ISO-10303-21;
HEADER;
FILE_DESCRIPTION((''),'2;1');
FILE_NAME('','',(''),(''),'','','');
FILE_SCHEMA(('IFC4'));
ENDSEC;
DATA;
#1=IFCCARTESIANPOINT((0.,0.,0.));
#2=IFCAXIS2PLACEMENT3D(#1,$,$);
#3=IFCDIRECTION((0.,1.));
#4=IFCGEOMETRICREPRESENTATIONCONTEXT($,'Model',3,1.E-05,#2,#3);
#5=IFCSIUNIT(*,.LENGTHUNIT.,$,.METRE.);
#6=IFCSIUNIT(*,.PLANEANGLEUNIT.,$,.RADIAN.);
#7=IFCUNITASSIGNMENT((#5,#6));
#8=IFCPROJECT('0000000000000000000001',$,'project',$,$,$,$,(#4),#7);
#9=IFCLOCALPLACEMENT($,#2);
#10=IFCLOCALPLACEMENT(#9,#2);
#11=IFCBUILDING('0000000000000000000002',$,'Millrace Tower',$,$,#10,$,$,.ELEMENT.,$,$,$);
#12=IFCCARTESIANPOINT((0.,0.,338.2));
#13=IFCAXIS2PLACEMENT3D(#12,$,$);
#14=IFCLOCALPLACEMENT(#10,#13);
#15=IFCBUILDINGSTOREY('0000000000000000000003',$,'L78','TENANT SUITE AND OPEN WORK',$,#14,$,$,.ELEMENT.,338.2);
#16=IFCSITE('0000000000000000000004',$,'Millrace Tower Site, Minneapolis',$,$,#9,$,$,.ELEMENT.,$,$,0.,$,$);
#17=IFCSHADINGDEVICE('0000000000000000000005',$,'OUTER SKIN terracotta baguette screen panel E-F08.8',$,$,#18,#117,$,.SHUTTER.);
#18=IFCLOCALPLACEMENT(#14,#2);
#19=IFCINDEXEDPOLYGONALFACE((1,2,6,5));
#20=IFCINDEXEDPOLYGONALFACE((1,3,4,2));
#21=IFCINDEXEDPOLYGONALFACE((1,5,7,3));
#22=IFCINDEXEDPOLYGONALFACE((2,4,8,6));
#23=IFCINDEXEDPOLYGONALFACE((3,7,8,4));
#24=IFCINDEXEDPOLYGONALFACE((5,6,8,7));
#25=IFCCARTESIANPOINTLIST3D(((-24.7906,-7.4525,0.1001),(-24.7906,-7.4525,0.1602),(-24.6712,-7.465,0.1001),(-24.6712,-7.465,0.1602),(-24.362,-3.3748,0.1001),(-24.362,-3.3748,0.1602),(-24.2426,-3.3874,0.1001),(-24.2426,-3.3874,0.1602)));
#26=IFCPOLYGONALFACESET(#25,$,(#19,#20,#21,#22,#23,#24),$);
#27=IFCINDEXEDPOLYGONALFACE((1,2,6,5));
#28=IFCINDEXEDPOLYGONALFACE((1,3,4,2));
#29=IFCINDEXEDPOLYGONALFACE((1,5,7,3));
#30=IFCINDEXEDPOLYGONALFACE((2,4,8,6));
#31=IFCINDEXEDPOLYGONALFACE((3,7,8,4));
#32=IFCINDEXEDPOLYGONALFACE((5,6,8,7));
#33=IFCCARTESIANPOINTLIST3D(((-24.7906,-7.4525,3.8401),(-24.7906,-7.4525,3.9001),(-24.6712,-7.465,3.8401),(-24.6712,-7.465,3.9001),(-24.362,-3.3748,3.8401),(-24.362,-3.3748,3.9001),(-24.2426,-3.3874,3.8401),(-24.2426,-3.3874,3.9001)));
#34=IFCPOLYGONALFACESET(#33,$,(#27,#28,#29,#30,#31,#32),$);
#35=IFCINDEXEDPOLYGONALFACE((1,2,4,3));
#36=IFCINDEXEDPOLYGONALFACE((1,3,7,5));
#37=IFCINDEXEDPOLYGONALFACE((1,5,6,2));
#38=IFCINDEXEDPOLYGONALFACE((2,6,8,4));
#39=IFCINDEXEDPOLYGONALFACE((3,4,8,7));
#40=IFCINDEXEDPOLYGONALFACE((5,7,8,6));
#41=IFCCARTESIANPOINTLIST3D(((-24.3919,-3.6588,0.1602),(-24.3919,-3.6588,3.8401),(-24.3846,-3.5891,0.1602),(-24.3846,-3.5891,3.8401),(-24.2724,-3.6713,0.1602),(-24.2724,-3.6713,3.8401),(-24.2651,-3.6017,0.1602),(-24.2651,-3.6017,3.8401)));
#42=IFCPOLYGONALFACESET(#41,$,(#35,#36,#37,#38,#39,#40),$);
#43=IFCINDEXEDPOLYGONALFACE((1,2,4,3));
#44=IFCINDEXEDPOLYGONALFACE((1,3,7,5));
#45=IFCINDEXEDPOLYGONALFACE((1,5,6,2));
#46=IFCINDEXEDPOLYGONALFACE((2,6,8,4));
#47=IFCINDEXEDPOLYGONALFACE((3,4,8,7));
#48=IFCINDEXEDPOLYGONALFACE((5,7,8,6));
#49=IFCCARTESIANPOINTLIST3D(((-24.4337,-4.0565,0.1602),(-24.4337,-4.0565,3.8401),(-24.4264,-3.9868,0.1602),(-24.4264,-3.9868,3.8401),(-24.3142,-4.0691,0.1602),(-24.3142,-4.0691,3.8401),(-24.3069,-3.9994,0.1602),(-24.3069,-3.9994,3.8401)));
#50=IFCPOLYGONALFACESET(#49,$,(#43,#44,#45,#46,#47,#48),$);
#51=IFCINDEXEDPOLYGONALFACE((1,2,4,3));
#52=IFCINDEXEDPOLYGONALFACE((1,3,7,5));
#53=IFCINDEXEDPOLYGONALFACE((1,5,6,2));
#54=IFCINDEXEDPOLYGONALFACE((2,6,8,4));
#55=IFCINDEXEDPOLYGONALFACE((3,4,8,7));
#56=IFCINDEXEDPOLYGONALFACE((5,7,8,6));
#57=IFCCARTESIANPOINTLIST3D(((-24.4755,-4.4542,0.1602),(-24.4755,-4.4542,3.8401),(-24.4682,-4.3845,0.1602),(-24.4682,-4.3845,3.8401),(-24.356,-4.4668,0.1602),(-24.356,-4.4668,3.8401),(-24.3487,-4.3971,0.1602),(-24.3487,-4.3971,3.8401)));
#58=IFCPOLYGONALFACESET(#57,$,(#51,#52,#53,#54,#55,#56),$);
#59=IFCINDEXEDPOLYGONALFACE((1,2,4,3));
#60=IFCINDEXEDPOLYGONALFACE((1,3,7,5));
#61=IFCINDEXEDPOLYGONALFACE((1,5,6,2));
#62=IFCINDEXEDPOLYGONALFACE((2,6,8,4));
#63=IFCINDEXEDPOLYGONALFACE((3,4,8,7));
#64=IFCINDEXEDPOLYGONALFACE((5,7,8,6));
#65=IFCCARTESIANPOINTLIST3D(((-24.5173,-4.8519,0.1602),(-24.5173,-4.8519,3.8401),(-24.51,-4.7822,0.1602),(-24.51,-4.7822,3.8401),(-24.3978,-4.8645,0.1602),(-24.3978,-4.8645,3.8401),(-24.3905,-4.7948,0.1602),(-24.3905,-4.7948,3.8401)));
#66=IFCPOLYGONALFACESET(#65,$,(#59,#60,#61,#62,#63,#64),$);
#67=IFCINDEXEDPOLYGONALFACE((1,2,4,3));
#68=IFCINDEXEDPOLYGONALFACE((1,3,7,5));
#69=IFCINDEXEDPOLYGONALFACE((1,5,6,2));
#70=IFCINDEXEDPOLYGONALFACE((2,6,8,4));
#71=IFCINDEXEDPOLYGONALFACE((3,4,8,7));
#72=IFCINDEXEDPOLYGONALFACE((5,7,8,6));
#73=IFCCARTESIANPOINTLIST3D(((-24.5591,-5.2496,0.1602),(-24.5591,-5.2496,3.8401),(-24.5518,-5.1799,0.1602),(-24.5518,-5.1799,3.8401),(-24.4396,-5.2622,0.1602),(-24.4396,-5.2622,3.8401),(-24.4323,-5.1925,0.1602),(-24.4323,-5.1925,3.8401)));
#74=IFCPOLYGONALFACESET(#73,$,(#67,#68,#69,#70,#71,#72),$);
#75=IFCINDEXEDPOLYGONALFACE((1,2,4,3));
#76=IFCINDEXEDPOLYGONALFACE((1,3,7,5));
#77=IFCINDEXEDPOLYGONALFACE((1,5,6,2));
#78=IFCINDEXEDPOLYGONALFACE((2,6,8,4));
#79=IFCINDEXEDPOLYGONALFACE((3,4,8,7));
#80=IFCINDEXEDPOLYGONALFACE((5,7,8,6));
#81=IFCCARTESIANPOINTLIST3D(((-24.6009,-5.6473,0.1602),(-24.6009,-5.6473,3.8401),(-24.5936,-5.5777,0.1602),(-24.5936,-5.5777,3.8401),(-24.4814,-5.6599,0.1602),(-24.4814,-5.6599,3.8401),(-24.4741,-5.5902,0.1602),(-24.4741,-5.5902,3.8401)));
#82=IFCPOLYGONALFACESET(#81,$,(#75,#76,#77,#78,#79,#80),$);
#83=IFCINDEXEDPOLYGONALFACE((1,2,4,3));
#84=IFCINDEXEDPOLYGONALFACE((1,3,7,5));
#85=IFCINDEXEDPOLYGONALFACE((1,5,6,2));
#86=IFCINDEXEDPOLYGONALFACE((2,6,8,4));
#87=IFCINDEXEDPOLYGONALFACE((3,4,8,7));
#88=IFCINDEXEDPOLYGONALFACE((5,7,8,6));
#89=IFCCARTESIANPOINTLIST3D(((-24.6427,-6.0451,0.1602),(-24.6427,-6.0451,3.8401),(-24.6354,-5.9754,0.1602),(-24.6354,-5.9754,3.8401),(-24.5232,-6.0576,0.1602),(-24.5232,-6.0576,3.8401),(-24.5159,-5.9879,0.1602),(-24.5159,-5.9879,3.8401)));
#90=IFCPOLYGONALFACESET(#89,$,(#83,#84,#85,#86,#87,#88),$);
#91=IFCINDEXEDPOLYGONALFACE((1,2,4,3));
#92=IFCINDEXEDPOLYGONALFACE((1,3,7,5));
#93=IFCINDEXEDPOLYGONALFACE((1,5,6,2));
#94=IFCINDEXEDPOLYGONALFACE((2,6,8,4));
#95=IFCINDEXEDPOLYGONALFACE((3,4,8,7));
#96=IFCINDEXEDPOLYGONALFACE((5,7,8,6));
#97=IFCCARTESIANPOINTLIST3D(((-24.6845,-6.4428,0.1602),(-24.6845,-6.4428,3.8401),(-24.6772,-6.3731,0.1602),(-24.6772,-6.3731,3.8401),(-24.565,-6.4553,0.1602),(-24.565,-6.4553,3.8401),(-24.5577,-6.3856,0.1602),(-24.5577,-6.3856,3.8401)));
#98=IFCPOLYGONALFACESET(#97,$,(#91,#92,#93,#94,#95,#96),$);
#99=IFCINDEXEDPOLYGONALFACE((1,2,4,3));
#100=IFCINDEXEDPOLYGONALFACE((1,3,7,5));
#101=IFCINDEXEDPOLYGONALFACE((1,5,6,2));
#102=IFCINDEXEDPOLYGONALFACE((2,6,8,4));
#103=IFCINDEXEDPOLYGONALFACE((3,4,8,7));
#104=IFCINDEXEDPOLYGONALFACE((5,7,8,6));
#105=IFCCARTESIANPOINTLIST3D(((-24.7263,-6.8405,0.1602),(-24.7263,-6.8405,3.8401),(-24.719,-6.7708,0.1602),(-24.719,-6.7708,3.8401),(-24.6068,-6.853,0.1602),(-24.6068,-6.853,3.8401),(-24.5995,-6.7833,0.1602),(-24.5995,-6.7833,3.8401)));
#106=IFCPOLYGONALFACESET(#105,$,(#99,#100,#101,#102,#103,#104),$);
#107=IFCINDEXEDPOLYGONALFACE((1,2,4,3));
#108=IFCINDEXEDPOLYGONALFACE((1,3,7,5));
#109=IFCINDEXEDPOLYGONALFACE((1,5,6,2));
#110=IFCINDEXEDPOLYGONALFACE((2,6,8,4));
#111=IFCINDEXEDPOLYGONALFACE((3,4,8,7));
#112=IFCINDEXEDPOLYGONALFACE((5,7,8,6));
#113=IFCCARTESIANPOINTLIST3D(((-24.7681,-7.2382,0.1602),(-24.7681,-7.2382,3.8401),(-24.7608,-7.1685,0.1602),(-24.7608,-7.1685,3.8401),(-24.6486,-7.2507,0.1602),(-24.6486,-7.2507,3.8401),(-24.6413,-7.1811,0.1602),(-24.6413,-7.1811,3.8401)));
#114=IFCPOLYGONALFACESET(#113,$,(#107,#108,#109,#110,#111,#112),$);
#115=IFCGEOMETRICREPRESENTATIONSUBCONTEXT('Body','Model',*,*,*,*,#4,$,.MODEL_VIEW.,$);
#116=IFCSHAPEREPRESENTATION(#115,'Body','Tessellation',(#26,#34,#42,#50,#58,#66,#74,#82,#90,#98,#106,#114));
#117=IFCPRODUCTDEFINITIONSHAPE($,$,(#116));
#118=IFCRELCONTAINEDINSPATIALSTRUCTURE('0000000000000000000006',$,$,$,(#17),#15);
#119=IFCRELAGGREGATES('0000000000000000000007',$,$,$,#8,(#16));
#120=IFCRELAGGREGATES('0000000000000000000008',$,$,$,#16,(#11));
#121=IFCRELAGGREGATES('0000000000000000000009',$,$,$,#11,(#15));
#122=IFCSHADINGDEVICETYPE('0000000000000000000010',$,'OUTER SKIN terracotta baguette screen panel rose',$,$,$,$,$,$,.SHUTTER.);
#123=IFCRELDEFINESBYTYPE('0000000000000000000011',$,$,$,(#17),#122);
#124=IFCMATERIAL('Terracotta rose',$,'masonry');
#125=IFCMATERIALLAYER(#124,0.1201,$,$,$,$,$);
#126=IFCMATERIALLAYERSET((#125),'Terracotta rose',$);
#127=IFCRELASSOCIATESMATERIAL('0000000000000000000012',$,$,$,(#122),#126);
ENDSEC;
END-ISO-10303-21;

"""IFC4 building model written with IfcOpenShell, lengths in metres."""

from ifc_helpers import new_model, entity, si_unit, direction, frame, frame_2d, origin, place, context, subcontext, project, spatial, rectangle, extrude, source, transform, mapped, material, layer, layer_set, type_object, element, save


model = new_model("IFC4")

# Units and contexts
model_context = context("Model", 3, precision=1e-05, world=origin(), true_north=direction((0.0, 1.0)))
body_context = subcontext(model_context, "Body", "Model", "MODEL_VIEW")
ifc_project = project(units=[si_unit("LENGTHUNIT", "METRE"), si_unit("PLANEANGLEUNIT", "RADIAN")], contexts=[model_context])

# Site, building, storey
site_placement = place(None, origin())
site = spatial("IfcSite", under=ifc_project, at=site_placement, Name="Millrace Tower Site, Minneapolis", CompositionType="ELEMENT", RefElevation=0.0)
building_placement = place(site_placement, origin())
building = spatial("IfcBuilding", under=site, at=building_placement, Name="Millrace Tower", CompositionType="ELEMENT")
storey_placement = place(building_placement, frame((0.0, 0.0, 338.2)))
storey = spatial("IfcBuildingStorey", under=building, at=storey_placement, Name="L78", Description="TENANT SUITE AND OPEN WORK", CompositionType="ELEMENT", Elevation=338.2)

# Shading device
ifc_material_1 = material(Name="Terracotta rose", Category="masonry")
ifc_layer_1 = layer(ifc_material_1, 0.1201)
ifc_layer_set_1 = layer_set([ifc_layer_1], Name="Terracotta rose")
shading_device_type = type_object("IfcShadingDeviceType", Name="OUTER SKIN terracotta baguette screen panel rose", PredefinedType="SHUTTER", material=ifc_layer_set_1)
cartesian_point_1 = entity("IfcCartesianPoint", [-2.05, 0.0601])
shared_polyline_1 = entity("IfcPolyline", [cartesian_point_1, entity("IfcCartesianPoint", [2.05, 0.0601]), entity("IfcCartesianPoint", [2.05, -0.0601]), entity("IfcCartesianPoint", [-2.05, -0.0601]), cartesian_point_1])
shared_shape_1 = source(origin(), body_context, "Body", "SweptSolid", [
    entity("IfcExtrudedAreaSolid", entity("IfcArbitraryClosedProfileDef", "AREA", None, shared_polyline_1), entity("IfcAxis2Placement3D", entity("IfcCartesianPoint", [0.0, 0.0, 0.0])), entity("IfcDirection", [0.0, 0.0, 1.0]), 0.0601),
    entity("IfcExtrudedAreaSolid", entity("IfcArbitraryClosedProfileDef", "AREA", None, shared_polyline_1), entity("IfcAxis2Placement3D", entity("IfcCartesianPoint", [0.0, 0.0, 3.74])), entity("IfcDirection", [0.0, 0.0, 1.0]), 0.0601),
    extrude(rectangle(XDim=0.0701, YDim=0.1201, at=frame_2d((-1.7996, 0.0))), frame((0.0, 0.0, 0.0601)), (0.0, 0.0, 1.0), 3.6799),
    extrude(rectangle(XDim=0.0701, YDim=0.1201, at=frame_2d((-1.3997, 0.0))), frame((0.0, 0.0, 0.0601)), (0.0, 0.0, 1.0), 3.6799),
    extrude(rectangle(XDim=0.0701, YDim=0.1201, at=frame_2d((-0.9998, 0.0))), frame((0.0, 0.0, 0.0601)), (0.0, 0.0, 1.0), 3.6799),
    extrude(rectangle(XDim=0.0701, YDim=0.1201, at=frame_2d((-0.5999, 0.0))), frame((0.0, 0.0, 0.0601)), (0.0, 0.0, 1.0), 3.6799),
    extrude(rectangle(XDim=0.0701, YDim=0.1201, at=frame_2d((-0.2, 0.0))), frame((0.0, 0.0, 0.0601)), (0.0, 0.0, 1.0), 3.6799),
    extrude(rectangle(XDim=0.0701, YDim=0.1201, at=frame_2d((0.2, 0.0))), frame((0.0, 0.0, 0.0601)), (0.0, 0.0, 1.0), 3.6799),
    extrude(rectangle(XDim=0.0701, YDim=0.1201, at=frame_2d((0.5999, 0.0))), frame((0.0, 0.0, 0.0601)), (0.0, 0.0, 1.0), 3.6799),
    extrude(rectangle(XDim=0.0701, YDim=0.1201, at=frame_2d((0.9998, 0.0))), frame((0.0, 0.0, 0.0601)), (0.0, 0.0, 1.0), 3.6799),
    extrude(rectangle(XDim=0.0701, YDim=0.1201, at=frame_2d((1.3997, 0.0))), frame((0.0, 0.0, 0.0601)), (0.0, 0.0, 1.0), 3.6799),
    extrude(rectangle(XDim=0.0701, YDim=0.1201, at=frame_2d((1.7996, 0.0))), frame((0.0, 0.0, 0.0601)), (0.0, 0.0, 1.0), 3.6799),
])
for number, where, z_axis, x_axis, name in (
    (1, (-24.5166, -5.4199, 0.1001), (0.0, 0.0, 1.0), (-0.104528, -0.994522, 0.0), "OUTER SKIN terracotta baguette screen panel E-F08.8"),
):
    element("IfcShadingDevice", number, at=place(storey_placement, frame(where, z_axis=z_axis, x_axis=x_axis)), inside=storey, type_object=shading_device_type, Name=name, PredefinedType="SHUTTER", context=body_context, shape_type="MappedRepresentation", body=[
        mapped(shared_shape_1, transform((0.0, 0.0, 0.0), scale=1.0)),
    ])

save(model, "model.ifc")
